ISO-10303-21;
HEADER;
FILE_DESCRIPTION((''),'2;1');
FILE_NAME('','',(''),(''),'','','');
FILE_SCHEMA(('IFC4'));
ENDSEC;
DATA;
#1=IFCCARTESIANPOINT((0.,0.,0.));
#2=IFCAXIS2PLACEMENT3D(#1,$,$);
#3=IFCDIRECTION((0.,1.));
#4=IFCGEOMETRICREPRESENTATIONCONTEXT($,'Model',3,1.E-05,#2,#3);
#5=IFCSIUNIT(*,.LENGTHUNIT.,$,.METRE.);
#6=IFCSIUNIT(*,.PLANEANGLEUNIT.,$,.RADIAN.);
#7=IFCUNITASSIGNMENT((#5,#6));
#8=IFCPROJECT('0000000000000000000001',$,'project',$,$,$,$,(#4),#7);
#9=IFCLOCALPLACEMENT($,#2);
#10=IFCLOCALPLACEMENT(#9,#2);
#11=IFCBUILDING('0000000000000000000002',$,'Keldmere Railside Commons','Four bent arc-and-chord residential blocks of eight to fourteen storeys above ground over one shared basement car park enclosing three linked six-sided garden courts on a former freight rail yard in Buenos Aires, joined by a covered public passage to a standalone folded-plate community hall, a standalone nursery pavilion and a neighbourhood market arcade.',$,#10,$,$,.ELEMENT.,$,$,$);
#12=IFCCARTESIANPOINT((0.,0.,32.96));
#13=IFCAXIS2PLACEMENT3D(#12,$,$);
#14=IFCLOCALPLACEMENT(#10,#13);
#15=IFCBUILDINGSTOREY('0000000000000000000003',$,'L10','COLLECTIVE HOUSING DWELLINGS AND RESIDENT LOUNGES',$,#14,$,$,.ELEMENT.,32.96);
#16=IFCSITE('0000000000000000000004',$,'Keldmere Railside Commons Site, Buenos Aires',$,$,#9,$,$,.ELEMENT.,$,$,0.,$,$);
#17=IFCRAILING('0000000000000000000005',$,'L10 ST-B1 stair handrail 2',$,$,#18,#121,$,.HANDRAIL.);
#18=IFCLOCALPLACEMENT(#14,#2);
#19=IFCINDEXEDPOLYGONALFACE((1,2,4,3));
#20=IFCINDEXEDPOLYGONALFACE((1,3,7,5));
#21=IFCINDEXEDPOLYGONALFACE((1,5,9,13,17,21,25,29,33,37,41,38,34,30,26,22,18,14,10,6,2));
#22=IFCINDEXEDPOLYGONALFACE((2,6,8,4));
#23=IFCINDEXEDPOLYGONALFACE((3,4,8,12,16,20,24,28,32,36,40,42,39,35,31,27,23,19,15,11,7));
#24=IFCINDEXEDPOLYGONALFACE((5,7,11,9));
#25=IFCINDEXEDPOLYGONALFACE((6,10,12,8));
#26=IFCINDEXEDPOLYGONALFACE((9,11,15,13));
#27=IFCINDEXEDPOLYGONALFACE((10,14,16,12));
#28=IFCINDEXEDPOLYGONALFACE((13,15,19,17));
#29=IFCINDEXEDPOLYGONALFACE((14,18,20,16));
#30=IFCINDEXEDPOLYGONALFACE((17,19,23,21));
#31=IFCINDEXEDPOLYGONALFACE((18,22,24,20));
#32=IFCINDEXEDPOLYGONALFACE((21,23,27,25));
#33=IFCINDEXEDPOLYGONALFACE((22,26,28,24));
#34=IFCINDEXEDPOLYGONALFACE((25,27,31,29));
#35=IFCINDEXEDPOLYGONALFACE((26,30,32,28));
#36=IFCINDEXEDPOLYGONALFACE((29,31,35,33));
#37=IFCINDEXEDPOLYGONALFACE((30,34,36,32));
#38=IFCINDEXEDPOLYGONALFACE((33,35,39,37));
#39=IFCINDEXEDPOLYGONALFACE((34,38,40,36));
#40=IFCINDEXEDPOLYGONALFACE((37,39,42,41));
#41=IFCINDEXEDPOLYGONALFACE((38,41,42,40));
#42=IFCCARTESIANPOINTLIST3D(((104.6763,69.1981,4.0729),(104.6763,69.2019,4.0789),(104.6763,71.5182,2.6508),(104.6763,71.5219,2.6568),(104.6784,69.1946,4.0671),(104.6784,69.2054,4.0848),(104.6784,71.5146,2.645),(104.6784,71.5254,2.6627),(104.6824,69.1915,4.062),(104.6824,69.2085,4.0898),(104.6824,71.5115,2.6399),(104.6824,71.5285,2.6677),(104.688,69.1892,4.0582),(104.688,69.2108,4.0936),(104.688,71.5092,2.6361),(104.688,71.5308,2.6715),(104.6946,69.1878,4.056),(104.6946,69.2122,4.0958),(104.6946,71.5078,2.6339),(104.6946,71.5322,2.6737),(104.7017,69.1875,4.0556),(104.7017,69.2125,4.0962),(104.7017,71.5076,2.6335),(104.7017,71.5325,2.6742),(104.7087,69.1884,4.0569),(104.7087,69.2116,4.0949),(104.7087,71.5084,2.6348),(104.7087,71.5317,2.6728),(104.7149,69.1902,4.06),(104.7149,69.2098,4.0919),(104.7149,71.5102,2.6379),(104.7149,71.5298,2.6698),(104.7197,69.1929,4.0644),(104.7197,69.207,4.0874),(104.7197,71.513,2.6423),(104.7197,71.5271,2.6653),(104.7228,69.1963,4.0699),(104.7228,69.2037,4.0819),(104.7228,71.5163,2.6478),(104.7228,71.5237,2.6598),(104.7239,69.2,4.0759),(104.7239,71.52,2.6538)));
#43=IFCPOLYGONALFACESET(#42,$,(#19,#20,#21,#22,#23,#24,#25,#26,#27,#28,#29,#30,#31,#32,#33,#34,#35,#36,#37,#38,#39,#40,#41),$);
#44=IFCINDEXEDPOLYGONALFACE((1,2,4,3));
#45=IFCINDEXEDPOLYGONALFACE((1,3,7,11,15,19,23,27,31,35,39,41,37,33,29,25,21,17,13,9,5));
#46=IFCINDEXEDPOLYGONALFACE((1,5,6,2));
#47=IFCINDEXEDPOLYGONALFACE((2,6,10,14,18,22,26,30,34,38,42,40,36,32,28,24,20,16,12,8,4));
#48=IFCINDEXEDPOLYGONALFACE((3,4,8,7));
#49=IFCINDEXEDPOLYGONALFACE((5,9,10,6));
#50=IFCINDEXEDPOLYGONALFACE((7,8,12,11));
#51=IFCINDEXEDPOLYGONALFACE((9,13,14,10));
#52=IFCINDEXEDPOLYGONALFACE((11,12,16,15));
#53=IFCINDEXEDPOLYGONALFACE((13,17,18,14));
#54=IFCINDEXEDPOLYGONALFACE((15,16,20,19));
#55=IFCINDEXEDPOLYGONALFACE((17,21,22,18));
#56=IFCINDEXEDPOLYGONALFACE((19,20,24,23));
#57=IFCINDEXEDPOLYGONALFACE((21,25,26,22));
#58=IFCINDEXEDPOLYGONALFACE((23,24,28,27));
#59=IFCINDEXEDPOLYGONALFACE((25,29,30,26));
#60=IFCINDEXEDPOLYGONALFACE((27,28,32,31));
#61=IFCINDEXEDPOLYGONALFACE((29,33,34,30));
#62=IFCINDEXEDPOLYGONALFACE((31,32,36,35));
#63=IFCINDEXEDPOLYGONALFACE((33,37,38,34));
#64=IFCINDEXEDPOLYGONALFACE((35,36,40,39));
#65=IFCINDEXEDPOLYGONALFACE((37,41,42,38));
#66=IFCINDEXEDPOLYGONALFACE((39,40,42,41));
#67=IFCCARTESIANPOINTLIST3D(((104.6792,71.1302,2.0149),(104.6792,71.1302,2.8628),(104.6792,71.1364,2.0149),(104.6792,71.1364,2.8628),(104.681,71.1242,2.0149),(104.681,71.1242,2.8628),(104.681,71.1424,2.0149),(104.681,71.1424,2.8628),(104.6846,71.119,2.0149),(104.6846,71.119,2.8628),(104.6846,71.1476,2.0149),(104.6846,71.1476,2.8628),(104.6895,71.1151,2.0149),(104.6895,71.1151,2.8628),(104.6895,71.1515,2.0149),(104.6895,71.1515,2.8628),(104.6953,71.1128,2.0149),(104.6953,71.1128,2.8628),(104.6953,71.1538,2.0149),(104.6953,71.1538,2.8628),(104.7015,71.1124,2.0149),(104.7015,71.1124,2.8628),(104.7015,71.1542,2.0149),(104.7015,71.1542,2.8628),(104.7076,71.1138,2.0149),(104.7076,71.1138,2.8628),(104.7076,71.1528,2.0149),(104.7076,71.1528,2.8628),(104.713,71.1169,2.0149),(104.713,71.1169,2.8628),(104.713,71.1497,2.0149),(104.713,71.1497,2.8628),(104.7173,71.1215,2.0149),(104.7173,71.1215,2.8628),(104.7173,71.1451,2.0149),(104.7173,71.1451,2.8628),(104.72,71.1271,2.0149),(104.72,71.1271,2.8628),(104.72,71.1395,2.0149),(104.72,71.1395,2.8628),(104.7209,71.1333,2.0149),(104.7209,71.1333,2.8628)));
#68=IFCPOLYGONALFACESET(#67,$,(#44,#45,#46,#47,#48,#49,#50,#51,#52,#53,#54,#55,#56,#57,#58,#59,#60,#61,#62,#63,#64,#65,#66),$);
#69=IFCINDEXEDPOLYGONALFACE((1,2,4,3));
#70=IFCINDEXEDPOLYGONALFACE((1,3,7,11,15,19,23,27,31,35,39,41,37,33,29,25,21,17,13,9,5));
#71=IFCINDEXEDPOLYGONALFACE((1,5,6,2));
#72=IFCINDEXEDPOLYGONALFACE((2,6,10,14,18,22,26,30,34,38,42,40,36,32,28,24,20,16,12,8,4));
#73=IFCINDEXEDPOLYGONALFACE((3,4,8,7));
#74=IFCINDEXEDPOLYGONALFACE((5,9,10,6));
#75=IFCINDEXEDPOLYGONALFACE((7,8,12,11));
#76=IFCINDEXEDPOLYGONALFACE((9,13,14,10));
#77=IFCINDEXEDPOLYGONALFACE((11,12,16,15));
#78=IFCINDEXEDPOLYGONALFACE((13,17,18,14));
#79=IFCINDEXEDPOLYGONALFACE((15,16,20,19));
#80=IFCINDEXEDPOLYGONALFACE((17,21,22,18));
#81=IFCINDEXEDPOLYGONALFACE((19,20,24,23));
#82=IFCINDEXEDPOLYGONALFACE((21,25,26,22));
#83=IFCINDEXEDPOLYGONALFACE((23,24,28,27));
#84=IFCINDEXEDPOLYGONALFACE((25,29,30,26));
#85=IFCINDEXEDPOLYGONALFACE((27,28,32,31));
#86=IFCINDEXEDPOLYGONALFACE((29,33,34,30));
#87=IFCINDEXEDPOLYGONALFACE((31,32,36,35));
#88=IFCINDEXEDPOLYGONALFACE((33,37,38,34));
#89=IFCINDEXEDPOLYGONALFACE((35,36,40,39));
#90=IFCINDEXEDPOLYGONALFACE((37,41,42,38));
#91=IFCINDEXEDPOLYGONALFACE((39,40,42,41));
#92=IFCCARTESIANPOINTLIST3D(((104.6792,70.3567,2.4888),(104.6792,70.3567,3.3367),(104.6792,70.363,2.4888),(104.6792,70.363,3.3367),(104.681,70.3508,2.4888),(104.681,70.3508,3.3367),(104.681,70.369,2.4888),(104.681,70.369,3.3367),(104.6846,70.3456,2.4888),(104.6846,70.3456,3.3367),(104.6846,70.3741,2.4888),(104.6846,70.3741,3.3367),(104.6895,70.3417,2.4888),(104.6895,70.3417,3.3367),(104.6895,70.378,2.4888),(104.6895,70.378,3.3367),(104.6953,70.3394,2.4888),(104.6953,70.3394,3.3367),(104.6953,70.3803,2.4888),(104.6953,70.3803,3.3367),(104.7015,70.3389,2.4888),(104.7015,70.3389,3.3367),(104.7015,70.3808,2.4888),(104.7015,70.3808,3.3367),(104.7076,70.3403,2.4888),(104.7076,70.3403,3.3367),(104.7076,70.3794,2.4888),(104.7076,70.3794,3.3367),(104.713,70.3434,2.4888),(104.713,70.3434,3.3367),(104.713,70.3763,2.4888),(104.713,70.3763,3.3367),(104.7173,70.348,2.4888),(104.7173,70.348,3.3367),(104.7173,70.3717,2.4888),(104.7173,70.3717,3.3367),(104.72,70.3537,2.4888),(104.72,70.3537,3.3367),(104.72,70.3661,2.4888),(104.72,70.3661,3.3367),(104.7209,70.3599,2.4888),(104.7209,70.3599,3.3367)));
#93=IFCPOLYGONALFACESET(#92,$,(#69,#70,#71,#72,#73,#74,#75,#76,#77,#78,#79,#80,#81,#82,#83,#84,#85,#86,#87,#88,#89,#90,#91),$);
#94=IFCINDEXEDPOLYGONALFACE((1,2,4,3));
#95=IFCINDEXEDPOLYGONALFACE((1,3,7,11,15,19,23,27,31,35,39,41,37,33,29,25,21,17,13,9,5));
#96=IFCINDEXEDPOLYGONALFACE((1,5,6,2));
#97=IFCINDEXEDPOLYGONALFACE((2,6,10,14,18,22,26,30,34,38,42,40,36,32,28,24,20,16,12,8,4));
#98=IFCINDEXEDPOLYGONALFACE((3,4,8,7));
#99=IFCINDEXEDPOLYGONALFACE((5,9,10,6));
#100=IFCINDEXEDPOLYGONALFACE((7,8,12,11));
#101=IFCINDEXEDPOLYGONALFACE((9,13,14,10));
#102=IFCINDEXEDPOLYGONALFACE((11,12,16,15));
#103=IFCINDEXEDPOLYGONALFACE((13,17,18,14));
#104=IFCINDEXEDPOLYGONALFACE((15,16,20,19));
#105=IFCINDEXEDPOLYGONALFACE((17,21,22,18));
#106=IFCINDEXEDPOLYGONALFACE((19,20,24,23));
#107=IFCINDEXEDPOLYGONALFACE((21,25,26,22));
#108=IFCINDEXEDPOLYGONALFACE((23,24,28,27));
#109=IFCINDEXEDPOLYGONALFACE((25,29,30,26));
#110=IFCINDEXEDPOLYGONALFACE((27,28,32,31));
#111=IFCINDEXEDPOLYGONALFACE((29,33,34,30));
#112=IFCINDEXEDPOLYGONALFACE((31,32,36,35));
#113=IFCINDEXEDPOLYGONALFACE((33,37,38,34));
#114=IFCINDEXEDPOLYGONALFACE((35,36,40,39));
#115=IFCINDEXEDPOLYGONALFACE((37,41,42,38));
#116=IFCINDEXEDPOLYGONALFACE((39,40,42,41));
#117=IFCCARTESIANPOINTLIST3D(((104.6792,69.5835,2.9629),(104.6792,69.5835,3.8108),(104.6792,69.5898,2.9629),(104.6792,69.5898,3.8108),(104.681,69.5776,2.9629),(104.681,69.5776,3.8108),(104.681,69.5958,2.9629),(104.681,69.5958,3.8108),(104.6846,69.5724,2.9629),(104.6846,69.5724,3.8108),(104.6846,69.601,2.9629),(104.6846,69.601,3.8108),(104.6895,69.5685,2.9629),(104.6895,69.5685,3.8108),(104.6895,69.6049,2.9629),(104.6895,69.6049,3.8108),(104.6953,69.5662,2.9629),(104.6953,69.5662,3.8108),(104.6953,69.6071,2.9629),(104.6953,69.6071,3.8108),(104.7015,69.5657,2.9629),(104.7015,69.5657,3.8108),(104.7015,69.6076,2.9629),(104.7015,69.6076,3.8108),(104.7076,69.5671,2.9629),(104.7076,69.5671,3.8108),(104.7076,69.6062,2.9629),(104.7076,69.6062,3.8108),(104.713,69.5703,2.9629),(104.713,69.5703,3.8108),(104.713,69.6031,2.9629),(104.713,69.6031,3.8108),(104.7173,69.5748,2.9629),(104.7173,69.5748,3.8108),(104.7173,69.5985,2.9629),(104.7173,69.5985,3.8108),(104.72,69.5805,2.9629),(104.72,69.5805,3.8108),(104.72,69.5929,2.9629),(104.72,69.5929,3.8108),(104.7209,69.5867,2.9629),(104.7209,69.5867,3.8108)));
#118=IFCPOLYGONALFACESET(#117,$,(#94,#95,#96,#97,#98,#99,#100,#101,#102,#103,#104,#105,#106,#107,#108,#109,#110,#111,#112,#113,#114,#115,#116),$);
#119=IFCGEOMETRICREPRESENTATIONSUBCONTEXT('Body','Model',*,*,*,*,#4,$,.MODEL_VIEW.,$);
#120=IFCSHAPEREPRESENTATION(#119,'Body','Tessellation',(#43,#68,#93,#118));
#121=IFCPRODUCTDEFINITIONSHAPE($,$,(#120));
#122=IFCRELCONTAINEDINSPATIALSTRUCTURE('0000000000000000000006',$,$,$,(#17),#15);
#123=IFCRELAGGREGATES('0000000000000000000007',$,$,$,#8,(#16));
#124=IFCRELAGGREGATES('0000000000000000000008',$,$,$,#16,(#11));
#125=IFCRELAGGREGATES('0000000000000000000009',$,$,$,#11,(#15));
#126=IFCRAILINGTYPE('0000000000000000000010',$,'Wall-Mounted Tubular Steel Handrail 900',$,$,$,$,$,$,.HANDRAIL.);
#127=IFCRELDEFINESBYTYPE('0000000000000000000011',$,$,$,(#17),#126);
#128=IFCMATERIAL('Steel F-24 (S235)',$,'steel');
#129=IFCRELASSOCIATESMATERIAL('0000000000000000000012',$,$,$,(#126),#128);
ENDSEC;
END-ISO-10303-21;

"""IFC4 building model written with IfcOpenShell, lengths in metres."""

from ifc_helpers import new_model, si_unit, direction, frame, origin, origin_2d, place, context, subcontext, project, spatial, circle, extrude, material, type_object, element, save


model = new_model("IFC4")

# Units and contexts
model_context = context("Model", 3, precision=1e-05, world=origin(), true_north=direction((0.0, 1.0)))
body_context = subcontext(model_context, "Body", "Model", "MODEL_VIEW")
ifc_project = project(units=[si_unit("LENGTHUNIT", "METRE"), si_unit("PLANEANGLEUNIT", "RADIAN")], contexts=[model_context])

# Site, building, storey
site_placement = place(None, origin())
site = spatial("IfcSite", under=ifc_project, at=site_placement, Name="Keldmere Railside Commons Site, Buenos Aires", CompositionType="ELEMENT", RefElevation=0.0)
building_placement = place(site_placement, origin())
building = spatial("IfcBuilding", under=site, at=building_placement, Name="Keldmere Railside Commons", Description="Four bent arc-and-chord residential blocks of eight to fourteen storeys above ground over one shared basement car park enclosing three linked six-sided garden courts on a former freight rail yard in Buenos Aires, joined by a covered public passage to a standalone folded-plate community hall, a standalone nursery pavilion and a neighbourhood market arcade.", CompositionType="ELEMENT")
storey_placement = place(building_placement, frame((0.0, 0.0, 32.96)))
storey = spatial("IfcBuildingStorey", under=building, at=storey_placement, Name="L10", Description="COLLECTIVE HOUSING DWELLINGS AND RESIDENT LOUNGES", CompositionType="ELEMENT", Elevation=32.96)

# Shared definitions
ifc_material_1 = material(Name="Steel F-24 (S235)", Category="steel")

# Railing
railing_type_1 = type_object("IfcRailingType", Name="Wall-Mounted Tubular Steel Handrail 900", PredefinedType="HANDRAIL", material=ifc_material_1)
railing_1_placement = place(storey_placement, frame((104.7, 71.52, 1.7778)))
element("IfcRailing", 1, at=railing_1_placement, inside=storey, type_object=railing_type_1, Name="L10 ST-B1 stair handrail 2", PredefinedType="HANDRAIL", context=body_context, shape_type="SweptSolid", body=[
    extrude(circle(Radius=0.0239, at=origin_2d()), frame((0.0, 0.0, 0.876), z_axis=(0.0, -0.852578, 0.5226), x_axis=(1.0, 0.0, 0.0)), (0.0, 0.0, 1.0), 2.7212),
    extrude(circle(Radius=0.021, at=origin_2d()), frame((0.0, -0.3867, 0.2371)), (0.0, 0.0, 1.0), 0.8479),
    extrude(circle(Radius=0.021, at=origin_2d()), frame((0.0, -1.1602, 0.7109)), (0.0, 0.0, 1.0), 0.8479),
    extrude(circle(Radius=0.021, at=origin_2d()), frame((0.0, -1.9333, 1.1851)), (0.0, 0.0, 1.0), 0.8479),
])

save(model, "model.ifc")
